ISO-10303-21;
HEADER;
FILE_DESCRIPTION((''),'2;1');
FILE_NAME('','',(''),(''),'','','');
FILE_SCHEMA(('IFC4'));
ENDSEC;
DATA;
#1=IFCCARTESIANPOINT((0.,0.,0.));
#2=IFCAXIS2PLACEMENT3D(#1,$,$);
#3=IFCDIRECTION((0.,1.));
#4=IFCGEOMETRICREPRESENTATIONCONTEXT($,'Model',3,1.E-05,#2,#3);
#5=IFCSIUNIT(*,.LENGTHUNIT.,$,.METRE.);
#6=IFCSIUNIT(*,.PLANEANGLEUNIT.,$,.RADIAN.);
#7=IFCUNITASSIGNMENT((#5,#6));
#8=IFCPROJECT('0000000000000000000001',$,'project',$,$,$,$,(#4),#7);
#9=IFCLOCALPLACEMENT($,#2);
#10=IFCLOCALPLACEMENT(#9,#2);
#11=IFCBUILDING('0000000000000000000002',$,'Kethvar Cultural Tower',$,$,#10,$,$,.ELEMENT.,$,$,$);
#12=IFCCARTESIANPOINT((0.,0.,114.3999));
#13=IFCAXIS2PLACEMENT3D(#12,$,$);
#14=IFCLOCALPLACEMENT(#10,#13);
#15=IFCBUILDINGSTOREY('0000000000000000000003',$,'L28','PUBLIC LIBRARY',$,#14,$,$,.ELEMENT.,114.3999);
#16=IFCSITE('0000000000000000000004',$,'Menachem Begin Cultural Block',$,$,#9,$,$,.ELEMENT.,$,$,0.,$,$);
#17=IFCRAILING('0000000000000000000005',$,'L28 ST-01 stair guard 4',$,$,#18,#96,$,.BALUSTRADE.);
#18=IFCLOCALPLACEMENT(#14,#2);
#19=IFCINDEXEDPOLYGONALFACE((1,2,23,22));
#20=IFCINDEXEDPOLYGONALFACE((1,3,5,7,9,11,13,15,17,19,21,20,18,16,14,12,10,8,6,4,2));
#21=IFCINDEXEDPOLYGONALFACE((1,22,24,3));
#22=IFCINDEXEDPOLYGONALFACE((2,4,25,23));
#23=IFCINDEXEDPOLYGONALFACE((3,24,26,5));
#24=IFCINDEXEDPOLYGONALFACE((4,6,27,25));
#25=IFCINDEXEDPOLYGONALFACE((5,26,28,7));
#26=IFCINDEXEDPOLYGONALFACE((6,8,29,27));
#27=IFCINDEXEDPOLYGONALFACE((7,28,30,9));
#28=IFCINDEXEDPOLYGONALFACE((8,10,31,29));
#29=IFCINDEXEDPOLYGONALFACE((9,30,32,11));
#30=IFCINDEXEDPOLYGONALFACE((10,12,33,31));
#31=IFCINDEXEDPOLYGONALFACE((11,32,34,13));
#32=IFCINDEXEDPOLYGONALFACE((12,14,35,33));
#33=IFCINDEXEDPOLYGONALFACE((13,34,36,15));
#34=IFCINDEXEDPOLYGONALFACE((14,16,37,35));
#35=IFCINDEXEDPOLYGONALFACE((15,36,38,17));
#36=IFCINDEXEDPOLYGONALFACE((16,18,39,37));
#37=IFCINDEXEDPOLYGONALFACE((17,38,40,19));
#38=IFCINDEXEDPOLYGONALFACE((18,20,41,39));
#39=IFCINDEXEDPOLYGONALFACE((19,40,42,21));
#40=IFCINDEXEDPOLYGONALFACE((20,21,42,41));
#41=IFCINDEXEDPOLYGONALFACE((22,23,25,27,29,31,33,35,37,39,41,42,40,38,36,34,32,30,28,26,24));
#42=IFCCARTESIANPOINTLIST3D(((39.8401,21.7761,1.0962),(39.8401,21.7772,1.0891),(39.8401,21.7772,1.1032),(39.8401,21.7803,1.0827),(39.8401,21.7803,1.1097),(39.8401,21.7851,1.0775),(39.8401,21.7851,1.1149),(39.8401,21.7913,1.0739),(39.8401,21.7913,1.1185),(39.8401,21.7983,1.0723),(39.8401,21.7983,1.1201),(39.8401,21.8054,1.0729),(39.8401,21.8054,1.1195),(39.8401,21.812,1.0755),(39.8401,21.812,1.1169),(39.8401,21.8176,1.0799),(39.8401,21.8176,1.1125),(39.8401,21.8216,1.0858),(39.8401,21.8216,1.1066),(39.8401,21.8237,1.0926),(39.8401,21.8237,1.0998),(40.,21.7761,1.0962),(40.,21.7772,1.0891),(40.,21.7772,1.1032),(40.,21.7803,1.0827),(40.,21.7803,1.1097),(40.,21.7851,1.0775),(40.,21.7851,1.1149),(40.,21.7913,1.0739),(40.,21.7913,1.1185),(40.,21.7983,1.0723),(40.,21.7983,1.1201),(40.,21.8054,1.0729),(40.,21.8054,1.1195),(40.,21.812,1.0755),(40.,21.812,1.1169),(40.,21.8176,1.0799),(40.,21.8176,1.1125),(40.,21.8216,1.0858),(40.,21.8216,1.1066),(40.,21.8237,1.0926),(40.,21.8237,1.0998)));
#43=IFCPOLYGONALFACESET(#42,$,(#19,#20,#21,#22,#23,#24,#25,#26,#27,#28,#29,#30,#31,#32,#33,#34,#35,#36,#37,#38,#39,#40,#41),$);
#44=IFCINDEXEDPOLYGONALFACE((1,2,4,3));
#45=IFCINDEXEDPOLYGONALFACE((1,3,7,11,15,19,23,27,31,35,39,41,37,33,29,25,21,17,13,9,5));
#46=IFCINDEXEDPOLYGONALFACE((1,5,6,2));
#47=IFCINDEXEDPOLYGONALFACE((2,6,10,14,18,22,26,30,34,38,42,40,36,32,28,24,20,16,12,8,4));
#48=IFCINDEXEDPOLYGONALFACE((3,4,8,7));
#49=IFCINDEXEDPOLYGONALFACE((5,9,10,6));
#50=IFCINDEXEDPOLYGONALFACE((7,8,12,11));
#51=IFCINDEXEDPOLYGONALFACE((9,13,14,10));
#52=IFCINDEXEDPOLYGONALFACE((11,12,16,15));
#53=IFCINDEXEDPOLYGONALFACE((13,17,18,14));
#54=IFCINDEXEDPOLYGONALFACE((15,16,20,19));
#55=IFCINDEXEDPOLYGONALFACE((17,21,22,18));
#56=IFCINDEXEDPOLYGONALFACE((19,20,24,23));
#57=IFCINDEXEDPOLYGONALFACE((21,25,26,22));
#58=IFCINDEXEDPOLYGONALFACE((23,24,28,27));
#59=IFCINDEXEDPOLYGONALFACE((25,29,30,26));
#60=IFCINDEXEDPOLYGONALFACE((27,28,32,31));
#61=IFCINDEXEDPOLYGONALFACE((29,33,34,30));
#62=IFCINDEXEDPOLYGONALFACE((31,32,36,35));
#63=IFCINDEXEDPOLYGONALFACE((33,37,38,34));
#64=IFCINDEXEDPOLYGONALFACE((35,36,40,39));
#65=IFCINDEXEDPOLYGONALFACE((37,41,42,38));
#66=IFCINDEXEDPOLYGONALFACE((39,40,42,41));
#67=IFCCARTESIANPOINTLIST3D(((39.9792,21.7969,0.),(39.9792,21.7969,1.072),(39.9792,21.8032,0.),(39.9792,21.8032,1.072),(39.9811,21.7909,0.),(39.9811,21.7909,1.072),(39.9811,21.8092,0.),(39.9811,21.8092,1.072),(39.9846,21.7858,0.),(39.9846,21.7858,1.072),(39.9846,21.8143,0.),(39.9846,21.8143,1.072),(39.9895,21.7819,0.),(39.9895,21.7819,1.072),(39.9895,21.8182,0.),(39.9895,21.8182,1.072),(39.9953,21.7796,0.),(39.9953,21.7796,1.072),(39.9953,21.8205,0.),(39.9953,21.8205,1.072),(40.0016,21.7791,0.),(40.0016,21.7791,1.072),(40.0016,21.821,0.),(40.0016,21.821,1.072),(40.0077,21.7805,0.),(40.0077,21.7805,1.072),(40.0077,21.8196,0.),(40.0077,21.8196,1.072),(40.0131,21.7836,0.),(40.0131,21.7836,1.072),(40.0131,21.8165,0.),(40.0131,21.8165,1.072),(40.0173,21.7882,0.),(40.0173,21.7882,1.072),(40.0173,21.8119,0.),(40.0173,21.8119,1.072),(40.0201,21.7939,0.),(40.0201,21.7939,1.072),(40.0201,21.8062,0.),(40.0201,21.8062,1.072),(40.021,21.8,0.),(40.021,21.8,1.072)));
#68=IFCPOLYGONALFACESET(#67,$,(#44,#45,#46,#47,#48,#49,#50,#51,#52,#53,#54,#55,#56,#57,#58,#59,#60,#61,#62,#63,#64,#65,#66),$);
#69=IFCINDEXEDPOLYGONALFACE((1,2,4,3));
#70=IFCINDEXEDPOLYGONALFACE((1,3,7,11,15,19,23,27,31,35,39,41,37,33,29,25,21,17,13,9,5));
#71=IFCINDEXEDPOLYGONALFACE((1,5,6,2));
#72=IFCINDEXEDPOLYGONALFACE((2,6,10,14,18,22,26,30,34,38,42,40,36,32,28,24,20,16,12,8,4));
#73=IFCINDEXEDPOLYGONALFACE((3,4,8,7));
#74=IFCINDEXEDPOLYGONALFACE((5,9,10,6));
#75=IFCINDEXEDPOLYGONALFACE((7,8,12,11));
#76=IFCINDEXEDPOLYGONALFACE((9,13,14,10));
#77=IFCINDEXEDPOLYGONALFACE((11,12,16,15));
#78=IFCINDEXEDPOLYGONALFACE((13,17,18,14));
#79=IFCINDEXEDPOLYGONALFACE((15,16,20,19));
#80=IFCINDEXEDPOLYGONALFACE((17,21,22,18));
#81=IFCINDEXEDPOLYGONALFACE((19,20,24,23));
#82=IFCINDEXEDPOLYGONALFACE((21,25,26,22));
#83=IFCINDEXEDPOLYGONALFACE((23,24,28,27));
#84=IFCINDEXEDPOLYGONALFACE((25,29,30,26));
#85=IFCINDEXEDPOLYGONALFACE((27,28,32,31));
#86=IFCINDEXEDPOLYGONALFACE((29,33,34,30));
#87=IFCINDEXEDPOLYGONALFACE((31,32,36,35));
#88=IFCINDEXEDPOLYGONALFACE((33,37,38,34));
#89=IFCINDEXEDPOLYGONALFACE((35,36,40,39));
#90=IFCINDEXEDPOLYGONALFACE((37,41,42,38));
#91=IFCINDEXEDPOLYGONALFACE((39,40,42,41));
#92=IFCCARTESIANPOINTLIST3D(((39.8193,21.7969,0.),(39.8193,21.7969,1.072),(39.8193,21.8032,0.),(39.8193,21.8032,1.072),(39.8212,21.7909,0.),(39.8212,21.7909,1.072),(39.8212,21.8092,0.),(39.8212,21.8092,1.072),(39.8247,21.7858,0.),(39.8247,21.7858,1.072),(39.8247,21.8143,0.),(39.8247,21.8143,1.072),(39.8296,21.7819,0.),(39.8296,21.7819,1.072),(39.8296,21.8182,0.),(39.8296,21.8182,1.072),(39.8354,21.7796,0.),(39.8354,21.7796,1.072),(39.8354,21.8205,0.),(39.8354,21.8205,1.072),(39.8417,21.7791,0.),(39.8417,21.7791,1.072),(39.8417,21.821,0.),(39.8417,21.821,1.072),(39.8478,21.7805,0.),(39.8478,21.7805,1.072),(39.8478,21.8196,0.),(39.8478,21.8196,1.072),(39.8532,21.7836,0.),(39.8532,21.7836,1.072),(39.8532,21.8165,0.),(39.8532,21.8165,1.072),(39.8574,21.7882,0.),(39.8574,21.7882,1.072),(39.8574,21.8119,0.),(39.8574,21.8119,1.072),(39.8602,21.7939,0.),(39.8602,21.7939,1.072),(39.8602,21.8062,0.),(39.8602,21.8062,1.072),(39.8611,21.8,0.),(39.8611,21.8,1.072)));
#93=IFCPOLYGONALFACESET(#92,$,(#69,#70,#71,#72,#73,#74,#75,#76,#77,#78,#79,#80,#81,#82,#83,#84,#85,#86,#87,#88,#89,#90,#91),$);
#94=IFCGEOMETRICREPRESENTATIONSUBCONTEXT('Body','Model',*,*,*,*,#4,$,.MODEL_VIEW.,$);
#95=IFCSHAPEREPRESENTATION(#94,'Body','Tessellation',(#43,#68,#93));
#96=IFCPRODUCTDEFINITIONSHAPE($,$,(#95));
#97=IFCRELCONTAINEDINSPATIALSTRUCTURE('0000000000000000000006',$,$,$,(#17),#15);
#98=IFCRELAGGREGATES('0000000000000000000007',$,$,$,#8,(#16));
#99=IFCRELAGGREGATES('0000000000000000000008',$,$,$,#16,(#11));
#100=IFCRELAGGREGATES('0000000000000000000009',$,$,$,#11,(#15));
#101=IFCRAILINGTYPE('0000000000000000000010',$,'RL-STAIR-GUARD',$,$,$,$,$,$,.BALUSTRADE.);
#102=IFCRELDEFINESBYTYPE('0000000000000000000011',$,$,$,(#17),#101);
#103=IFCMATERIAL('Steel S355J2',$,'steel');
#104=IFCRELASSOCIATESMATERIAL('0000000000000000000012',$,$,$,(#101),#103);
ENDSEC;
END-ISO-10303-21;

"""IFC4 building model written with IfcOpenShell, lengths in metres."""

from ifc_helpers import new_model, si_unit, direction, frame, origin, origin_2d, place, context, subcontext, project, spatial, circle, extrude, material, type_object, element, save


model = new_model("IFC4")

# Units and contexts
model_context = context("Model", 3, precision=1e-05, world=origin(), true_north=direction((0.0, 1.0)))
body_context = subcontext(model_context, "Body", "Model", "MODEL_VIEW")
ifc_project = project(units=[si_unit("LENGTHUNIT", "METRE"), si_unit("PLANEANGLEUNIT", "RADIAN")], contexts=[model_context])

# Site, building, storey
site_placement = place(None, origin())
site = spatial("IfcSite", under=ifc_project, at=site_placement, Name="Menachem Begin Cultural Block", CompositionType="ELEMENT", RefElevation=0.0)
building_placement = place(site_placement, origin())
building = spatial("IfcBuilding", under=site, at=building_placement, Name="Kethvar Cultural Tower", CompositionType="ELEMENT")
storey_placement = place(building_placement, frame((0.0, 0.0, 114.3999)))
storey = spatial("IfcBuildingStorey", under=building, at=storey_placement, Name="L28", Description="PUBLIC LIBRARY", CompositionType="ELEMENT", Elevation=114.3999)

# Shared definitions
ifc_material_1 = material(Name="Steel S355J2", Category="steel")

# Railing
railing_type_1 = type_object("IfcRailingType", Name="RL-STAIR-GUARD", PredefinedType="BALUSTRADE", material=ifc_material_1)
railing_1_placement = place(storey_placement, frame((40.0, 21.8, 0.0)))
element("IfcRailing", 1, at=railing_1_placement, inside=storey, type_object=railing_type_1, Name="L28 ST-01 stair guard 4", PredefinedType="BALUSTRADE", context=body_context, shape_type="SweptSolid", body=[
    extrude(circle(Radius=0.0239, at=origin_2d()), frame((0.0, 0.0, 1.0962), z_axis=(-1.0, 0.0, 0.0), x_axis=(0.0, -1.0, 0.0)), (0.0, 0.0, 1.0), 0.1599),
    extrude(circle(Radius=0.021, at=origin_2d()), origin(), (0.0, 0.0, 1.0), 1.072),
    extrude(circle(Radius=0.021, at=origin_2d()), frame((-0.1599, 0.0, 0.0)), (0.0, 0.0, 1.0), 1.072),
])

save(model, "model.ifc")
